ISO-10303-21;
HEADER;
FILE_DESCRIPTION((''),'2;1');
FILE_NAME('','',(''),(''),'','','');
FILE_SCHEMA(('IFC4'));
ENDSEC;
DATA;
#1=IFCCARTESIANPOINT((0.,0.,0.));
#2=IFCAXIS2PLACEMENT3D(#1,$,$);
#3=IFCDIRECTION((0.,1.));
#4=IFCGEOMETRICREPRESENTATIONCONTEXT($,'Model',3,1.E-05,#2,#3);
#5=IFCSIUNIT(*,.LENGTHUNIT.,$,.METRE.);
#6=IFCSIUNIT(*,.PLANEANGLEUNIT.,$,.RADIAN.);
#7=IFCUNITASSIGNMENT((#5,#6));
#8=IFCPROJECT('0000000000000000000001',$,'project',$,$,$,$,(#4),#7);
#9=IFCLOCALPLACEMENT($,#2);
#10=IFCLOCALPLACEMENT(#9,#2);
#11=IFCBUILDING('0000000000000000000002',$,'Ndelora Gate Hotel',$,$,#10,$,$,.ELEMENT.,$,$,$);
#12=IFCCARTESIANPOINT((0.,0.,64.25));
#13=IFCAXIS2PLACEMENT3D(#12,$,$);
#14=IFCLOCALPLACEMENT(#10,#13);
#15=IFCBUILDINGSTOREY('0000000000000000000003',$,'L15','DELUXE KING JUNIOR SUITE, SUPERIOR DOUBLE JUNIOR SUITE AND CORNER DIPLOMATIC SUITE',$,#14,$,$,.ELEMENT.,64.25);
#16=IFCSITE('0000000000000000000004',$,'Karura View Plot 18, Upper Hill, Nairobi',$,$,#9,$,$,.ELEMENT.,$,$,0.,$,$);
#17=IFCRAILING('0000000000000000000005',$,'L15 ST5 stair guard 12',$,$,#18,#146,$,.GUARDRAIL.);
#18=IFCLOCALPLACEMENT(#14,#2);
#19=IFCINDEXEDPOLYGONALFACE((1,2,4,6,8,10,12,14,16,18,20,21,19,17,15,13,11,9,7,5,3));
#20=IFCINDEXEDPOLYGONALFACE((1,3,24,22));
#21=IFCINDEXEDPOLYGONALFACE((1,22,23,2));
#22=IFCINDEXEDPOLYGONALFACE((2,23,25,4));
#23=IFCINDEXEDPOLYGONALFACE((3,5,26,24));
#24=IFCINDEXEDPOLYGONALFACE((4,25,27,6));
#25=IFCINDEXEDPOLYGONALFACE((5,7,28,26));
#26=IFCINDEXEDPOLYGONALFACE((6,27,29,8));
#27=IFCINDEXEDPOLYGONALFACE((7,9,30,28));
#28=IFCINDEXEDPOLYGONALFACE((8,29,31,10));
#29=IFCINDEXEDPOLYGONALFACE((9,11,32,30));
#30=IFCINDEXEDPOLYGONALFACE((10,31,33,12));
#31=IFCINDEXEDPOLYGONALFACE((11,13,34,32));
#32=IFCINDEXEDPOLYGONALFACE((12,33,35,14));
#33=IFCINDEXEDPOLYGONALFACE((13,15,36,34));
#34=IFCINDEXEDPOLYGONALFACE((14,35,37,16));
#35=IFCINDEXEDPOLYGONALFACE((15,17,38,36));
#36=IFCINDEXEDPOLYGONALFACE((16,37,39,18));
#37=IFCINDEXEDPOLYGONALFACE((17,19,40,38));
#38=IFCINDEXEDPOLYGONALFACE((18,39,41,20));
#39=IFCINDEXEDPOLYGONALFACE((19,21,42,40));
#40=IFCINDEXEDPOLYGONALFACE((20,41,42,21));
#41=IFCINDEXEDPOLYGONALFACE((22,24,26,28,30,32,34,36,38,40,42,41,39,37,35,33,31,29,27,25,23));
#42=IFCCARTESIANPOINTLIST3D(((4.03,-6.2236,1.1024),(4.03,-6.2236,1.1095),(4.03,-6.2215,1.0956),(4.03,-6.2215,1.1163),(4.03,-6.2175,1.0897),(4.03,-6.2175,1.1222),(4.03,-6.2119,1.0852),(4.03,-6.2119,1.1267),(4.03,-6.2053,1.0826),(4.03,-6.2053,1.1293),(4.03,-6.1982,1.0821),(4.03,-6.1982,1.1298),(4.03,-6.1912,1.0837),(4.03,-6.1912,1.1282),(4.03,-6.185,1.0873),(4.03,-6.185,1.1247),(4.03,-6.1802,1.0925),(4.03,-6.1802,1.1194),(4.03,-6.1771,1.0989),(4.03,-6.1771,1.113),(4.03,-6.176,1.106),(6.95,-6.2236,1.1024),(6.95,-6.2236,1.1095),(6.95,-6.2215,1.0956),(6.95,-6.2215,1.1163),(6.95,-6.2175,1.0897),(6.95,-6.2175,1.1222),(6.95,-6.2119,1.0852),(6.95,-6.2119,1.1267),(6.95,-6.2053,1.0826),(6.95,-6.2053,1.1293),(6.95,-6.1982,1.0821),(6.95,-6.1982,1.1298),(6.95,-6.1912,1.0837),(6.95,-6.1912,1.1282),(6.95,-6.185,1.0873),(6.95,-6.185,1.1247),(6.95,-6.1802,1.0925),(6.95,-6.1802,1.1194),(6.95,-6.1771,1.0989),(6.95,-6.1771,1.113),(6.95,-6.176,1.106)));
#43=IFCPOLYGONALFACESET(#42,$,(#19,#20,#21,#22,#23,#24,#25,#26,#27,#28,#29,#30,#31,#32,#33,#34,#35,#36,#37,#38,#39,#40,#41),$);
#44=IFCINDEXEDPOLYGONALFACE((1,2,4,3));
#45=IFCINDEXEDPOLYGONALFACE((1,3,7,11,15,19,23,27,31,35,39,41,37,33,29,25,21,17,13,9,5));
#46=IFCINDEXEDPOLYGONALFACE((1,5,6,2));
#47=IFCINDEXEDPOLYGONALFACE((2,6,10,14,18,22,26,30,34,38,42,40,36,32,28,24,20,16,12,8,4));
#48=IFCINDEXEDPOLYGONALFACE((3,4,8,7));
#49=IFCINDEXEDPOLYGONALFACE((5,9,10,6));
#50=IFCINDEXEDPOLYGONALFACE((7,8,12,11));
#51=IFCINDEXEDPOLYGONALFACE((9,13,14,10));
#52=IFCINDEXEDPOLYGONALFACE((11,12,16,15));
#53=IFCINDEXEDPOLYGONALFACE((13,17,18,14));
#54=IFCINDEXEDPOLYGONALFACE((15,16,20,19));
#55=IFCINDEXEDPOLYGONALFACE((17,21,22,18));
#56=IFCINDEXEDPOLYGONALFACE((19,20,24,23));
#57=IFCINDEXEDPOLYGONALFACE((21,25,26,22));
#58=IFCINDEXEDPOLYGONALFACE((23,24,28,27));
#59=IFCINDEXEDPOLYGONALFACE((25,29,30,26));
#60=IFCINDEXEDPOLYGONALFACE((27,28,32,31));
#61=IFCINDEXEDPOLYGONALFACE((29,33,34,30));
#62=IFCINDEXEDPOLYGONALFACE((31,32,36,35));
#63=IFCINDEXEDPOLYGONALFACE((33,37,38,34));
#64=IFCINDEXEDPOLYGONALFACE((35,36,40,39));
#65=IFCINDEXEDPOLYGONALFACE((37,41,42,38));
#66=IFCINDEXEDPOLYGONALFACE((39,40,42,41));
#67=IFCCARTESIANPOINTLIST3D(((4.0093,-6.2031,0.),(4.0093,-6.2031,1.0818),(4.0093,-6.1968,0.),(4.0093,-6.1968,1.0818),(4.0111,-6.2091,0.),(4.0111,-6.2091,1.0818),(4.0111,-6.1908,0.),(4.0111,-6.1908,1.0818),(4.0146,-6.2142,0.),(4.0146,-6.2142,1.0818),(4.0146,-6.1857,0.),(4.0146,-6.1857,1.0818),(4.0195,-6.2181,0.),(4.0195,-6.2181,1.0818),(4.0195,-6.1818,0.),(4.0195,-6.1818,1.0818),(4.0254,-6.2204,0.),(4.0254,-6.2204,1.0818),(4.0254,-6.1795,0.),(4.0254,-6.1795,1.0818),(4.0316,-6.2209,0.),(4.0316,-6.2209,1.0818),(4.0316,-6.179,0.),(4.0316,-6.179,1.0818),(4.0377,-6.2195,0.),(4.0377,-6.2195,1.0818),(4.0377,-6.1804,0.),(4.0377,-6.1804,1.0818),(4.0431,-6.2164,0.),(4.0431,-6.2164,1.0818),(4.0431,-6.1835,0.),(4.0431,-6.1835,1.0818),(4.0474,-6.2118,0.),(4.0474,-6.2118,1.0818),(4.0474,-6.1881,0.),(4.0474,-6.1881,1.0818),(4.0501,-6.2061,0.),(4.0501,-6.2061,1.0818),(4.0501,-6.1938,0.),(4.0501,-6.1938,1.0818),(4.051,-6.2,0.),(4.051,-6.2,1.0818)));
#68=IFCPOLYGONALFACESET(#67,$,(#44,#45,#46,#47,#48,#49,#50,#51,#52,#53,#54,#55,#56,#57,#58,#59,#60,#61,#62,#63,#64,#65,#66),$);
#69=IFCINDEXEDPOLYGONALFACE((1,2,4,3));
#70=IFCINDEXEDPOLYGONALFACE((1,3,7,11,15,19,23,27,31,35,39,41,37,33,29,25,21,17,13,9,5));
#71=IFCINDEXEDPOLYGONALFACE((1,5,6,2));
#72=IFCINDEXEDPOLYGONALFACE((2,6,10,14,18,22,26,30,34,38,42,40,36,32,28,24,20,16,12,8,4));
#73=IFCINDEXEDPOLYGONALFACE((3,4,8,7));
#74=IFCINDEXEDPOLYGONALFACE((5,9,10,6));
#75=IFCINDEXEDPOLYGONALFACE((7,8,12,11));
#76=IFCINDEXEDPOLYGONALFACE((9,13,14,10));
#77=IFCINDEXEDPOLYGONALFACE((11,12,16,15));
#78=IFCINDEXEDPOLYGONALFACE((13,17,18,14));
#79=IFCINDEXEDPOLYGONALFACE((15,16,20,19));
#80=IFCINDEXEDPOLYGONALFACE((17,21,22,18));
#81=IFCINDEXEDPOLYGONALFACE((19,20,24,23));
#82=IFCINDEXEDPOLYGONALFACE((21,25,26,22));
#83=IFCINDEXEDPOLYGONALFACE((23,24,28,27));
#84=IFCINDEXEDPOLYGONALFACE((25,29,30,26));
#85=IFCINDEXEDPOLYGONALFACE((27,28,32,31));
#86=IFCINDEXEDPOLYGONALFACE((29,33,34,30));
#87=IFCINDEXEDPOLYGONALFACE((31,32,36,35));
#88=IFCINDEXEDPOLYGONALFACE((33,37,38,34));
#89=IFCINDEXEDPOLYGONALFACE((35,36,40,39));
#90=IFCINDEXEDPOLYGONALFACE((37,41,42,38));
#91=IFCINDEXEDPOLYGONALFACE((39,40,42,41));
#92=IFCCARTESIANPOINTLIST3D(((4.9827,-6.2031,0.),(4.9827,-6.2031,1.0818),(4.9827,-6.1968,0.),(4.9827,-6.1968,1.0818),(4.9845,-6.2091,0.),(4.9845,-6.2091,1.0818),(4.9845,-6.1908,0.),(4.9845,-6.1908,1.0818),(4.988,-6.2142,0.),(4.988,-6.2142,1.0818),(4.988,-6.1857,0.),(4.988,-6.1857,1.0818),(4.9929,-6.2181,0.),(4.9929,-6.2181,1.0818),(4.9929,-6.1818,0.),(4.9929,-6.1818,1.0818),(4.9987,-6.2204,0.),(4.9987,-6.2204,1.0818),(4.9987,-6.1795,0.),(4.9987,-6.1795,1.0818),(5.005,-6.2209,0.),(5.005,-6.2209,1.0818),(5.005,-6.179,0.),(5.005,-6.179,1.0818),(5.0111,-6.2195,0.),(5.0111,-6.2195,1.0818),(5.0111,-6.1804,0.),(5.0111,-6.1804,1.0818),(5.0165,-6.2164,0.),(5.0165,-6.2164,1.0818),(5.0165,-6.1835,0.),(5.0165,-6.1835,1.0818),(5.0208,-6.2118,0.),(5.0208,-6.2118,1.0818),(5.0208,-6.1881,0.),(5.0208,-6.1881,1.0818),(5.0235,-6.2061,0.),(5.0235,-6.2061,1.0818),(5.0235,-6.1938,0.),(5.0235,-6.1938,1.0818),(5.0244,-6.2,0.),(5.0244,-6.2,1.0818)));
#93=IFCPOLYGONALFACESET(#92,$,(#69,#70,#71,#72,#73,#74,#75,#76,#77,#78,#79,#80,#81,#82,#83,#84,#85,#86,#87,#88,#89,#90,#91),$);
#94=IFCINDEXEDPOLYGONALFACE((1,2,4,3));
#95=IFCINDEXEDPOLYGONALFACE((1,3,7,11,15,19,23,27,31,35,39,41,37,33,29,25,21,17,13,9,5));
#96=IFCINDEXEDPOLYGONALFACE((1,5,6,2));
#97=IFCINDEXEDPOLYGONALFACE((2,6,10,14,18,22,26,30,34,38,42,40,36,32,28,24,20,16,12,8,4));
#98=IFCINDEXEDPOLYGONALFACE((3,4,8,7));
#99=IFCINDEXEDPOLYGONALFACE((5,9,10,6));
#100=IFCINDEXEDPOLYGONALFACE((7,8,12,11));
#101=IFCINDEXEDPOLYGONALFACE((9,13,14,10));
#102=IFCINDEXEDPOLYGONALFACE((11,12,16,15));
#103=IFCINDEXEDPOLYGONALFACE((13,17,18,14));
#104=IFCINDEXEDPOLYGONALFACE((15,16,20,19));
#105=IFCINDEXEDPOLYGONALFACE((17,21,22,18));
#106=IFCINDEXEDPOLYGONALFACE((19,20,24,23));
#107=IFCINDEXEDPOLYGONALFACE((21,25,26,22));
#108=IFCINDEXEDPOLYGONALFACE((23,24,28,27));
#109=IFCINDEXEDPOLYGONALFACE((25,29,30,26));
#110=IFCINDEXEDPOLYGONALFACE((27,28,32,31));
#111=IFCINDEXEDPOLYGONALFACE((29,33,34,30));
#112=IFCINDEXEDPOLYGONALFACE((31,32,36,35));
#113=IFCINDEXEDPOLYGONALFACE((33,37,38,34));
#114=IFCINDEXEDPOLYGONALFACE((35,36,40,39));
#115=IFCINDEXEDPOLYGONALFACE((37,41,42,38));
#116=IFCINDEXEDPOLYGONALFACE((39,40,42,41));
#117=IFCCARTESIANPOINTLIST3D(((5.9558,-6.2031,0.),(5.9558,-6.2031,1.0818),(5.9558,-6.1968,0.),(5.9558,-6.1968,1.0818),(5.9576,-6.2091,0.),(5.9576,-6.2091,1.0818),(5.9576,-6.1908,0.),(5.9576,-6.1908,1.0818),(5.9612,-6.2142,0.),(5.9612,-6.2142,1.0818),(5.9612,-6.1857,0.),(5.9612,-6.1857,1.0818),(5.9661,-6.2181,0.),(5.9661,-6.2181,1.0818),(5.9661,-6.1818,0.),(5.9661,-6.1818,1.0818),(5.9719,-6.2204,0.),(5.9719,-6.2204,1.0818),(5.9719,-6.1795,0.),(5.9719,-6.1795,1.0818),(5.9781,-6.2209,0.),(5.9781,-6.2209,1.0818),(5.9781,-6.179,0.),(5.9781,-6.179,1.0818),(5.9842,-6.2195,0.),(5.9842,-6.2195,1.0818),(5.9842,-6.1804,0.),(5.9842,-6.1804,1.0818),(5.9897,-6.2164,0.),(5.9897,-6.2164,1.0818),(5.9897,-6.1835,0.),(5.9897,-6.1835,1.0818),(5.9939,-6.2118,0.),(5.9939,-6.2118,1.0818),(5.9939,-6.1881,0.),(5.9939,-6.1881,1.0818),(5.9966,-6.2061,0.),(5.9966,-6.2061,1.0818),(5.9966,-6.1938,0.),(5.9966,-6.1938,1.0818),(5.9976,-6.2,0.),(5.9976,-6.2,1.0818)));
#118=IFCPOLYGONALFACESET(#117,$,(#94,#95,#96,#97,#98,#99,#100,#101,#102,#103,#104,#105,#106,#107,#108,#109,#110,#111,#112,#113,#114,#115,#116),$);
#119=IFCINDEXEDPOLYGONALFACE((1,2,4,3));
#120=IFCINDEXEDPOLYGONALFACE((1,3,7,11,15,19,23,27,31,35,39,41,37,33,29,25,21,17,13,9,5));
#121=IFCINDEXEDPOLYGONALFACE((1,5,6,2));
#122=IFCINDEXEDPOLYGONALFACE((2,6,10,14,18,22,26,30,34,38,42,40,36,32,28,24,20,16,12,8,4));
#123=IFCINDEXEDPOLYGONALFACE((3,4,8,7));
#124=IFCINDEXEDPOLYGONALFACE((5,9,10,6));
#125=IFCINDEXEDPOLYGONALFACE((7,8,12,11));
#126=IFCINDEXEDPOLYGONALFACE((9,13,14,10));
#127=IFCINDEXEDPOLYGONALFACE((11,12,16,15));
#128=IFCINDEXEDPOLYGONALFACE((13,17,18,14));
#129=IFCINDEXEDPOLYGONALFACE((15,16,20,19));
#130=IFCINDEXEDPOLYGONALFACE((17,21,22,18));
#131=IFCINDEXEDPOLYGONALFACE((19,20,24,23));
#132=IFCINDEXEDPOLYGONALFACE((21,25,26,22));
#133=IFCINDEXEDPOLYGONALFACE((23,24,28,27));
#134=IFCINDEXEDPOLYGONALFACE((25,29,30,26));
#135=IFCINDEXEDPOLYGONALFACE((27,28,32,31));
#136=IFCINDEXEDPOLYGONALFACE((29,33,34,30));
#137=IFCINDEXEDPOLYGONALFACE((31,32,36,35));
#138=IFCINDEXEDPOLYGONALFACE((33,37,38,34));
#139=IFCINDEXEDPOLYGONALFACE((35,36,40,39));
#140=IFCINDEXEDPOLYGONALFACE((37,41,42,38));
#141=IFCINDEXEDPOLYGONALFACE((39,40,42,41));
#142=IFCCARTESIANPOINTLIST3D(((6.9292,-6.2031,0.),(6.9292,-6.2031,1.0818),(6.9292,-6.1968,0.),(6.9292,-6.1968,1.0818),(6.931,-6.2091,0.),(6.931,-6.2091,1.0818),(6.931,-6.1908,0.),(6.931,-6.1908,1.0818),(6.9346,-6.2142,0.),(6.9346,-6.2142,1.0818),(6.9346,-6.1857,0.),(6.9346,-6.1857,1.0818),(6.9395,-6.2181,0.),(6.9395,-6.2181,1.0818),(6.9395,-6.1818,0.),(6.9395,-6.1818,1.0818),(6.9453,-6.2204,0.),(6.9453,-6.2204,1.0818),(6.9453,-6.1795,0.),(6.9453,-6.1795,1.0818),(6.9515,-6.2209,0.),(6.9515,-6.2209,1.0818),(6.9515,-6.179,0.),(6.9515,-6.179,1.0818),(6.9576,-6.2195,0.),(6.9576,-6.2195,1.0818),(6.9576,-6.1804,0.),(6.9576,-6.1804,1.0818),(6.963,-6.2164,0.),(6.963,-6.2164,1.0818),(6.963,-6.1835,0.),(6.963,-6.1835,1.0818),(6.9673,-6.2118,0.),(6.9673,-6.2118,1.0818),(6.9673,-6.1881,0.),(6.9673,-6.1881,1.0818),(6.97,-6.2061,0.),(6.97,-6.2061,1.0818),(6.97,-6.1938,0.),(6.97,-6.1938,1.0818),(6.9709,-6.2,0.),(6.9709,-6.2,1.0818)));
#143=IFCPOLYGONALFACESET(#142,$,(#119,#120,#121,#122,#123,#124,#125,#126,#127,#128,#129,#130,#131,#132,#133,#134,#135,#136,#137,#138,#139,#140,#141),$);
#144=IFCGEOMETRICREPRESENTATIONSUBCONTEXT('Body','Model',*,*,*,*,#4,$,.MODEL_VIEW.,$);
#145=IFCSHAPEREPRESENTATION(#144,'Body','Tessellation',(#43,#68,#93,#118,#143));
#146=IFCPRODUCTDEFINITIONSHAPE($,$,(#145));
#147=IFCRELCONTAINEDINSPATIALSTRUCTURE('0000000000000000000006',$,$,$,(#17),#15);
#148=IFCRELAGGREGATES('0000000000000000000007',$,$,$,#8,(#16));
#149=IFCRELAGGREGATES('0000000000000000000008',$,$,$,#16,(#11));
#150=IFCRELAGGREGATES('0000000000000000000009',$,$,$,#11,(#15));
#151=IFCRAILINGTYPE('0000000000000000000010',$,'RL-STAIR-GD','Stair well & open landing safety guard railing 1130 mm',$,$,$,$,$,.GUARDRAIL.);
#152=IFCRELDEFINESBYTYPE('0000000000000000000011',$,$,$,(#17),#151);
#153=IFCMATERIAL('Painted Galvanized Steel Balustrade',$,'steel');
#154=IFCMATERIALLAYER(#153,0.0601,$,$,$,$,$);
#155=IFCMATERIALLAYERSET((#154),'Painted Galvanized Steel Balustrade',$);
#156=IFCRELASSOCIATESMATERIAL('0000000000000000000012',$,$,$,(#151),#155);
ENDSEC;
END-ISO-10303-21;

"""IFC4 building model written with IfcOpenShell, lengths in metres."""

from ifc_helpers import new_model, si_unit, direction, frame, origin, origin_2d, place, context, subcontext, project, spatial, circle, extrude, material, layer, layer_set, type_object, element, save


model = new_model("IFC4")

# Units and contexts
model_context = context("Model", 3, precision=1e-05, world=origin(), true_north=direction((0.0, 1.0)))
body_context = subcontext(model_context, "Body", "Model", "MODEL_VIEW")
ifc_project = project(units=[si_unit("LENGTHUNIT", "METRE"), si_unit("PLANEANGLEUNIT", "RADIAN")], contexts=[model_context])

# Site, building, storey
site_placement = place(None, origin())
site = spatial("IfcSite", under=ifc_project, at=site_placement, Name="Karura View Plot 18, Upper Hill, Nairobi", CompositionType="ELEMENT", RefElevation=0.0)
building_placement = place(site_placement, origin())
building = spatial("IfcBuilding", under=site, at=building_placement, Name="Ndelora Gate Hotel", CompositionType="ELEMENT")
storey_placement = place(building_placement, frame((0.0, 0.0, 64.25)))
storey = spatial("IfcBuildingStorey", under=building, at=storey_placement, Name="L15", Description="DELUXE KING JUNIOR SUITE, SUPERIOR DOUBLE JUNIOR SUITE AND CORNER DIPLOMATIC SUITE", CompositionType="ELEMENT", Elevation=64.25)

# Railing
ifc_material_1 = material(Name="Painted Galvanized Steel Balustrade", Category="steel")
ifc_layer_1 = layer(ifc_material_1, 0.0601)
ifc_layer_set_1 = layer_set([ifc_layer_1], Name="Painted Galvanized Steel Balustrade")
railing_type = type_object("IfcRailingType", Name="RL-STAIR-GD", Description="Stair well & open landing safety guard railing 1130 mm", PredefinedType="GUARDRAIL", material=ifc_layer_set_1)
railing_1_placement = place(storey_placement, frame((4.03, -6.2, 0.0)))
element("IfcRailing", 1, at=railing_1_placement, inside=storey, type_object=railing_type, Name="L15 ST5 stair guard 12", PredefinedType="GUARDRAIL", context=body_context, shape_type="SweptSolid", body=[
    extrude(circle(Radius=0.0239, at=origin_2d()), frame((0.0, 0.0, 1.106), z_axis=(1.0, 0.0, 0.0), x_axis=(0.0, 1.0, 0.0)), (0.0, 0.0, 1.0), 2.9199),
    extrude(circle(Radius=0.021, at=origin_2d()), origin(), (0.0, 0.0, 1.0), 1.0818),
    extrude(circle(Radius=0.021, at=origin_2d()), frame((0.9734, 0.0, 0.0)), (0.0, 0.0, 1.0), 1.0818),
    extrude(circle(Radius=0.021, at=origin_2d()), frame((1.9465, 0.0, 0.0)), (0.0, 0.0, 1.0), 1.0818),
    extrude(circle(Radius=0.021, at=origin_2d()), frame((2.9199, 0.0, 0.0)), (0.0, 0.0, 1.0), 1.0818),
])

save(model, "model.ifc")
